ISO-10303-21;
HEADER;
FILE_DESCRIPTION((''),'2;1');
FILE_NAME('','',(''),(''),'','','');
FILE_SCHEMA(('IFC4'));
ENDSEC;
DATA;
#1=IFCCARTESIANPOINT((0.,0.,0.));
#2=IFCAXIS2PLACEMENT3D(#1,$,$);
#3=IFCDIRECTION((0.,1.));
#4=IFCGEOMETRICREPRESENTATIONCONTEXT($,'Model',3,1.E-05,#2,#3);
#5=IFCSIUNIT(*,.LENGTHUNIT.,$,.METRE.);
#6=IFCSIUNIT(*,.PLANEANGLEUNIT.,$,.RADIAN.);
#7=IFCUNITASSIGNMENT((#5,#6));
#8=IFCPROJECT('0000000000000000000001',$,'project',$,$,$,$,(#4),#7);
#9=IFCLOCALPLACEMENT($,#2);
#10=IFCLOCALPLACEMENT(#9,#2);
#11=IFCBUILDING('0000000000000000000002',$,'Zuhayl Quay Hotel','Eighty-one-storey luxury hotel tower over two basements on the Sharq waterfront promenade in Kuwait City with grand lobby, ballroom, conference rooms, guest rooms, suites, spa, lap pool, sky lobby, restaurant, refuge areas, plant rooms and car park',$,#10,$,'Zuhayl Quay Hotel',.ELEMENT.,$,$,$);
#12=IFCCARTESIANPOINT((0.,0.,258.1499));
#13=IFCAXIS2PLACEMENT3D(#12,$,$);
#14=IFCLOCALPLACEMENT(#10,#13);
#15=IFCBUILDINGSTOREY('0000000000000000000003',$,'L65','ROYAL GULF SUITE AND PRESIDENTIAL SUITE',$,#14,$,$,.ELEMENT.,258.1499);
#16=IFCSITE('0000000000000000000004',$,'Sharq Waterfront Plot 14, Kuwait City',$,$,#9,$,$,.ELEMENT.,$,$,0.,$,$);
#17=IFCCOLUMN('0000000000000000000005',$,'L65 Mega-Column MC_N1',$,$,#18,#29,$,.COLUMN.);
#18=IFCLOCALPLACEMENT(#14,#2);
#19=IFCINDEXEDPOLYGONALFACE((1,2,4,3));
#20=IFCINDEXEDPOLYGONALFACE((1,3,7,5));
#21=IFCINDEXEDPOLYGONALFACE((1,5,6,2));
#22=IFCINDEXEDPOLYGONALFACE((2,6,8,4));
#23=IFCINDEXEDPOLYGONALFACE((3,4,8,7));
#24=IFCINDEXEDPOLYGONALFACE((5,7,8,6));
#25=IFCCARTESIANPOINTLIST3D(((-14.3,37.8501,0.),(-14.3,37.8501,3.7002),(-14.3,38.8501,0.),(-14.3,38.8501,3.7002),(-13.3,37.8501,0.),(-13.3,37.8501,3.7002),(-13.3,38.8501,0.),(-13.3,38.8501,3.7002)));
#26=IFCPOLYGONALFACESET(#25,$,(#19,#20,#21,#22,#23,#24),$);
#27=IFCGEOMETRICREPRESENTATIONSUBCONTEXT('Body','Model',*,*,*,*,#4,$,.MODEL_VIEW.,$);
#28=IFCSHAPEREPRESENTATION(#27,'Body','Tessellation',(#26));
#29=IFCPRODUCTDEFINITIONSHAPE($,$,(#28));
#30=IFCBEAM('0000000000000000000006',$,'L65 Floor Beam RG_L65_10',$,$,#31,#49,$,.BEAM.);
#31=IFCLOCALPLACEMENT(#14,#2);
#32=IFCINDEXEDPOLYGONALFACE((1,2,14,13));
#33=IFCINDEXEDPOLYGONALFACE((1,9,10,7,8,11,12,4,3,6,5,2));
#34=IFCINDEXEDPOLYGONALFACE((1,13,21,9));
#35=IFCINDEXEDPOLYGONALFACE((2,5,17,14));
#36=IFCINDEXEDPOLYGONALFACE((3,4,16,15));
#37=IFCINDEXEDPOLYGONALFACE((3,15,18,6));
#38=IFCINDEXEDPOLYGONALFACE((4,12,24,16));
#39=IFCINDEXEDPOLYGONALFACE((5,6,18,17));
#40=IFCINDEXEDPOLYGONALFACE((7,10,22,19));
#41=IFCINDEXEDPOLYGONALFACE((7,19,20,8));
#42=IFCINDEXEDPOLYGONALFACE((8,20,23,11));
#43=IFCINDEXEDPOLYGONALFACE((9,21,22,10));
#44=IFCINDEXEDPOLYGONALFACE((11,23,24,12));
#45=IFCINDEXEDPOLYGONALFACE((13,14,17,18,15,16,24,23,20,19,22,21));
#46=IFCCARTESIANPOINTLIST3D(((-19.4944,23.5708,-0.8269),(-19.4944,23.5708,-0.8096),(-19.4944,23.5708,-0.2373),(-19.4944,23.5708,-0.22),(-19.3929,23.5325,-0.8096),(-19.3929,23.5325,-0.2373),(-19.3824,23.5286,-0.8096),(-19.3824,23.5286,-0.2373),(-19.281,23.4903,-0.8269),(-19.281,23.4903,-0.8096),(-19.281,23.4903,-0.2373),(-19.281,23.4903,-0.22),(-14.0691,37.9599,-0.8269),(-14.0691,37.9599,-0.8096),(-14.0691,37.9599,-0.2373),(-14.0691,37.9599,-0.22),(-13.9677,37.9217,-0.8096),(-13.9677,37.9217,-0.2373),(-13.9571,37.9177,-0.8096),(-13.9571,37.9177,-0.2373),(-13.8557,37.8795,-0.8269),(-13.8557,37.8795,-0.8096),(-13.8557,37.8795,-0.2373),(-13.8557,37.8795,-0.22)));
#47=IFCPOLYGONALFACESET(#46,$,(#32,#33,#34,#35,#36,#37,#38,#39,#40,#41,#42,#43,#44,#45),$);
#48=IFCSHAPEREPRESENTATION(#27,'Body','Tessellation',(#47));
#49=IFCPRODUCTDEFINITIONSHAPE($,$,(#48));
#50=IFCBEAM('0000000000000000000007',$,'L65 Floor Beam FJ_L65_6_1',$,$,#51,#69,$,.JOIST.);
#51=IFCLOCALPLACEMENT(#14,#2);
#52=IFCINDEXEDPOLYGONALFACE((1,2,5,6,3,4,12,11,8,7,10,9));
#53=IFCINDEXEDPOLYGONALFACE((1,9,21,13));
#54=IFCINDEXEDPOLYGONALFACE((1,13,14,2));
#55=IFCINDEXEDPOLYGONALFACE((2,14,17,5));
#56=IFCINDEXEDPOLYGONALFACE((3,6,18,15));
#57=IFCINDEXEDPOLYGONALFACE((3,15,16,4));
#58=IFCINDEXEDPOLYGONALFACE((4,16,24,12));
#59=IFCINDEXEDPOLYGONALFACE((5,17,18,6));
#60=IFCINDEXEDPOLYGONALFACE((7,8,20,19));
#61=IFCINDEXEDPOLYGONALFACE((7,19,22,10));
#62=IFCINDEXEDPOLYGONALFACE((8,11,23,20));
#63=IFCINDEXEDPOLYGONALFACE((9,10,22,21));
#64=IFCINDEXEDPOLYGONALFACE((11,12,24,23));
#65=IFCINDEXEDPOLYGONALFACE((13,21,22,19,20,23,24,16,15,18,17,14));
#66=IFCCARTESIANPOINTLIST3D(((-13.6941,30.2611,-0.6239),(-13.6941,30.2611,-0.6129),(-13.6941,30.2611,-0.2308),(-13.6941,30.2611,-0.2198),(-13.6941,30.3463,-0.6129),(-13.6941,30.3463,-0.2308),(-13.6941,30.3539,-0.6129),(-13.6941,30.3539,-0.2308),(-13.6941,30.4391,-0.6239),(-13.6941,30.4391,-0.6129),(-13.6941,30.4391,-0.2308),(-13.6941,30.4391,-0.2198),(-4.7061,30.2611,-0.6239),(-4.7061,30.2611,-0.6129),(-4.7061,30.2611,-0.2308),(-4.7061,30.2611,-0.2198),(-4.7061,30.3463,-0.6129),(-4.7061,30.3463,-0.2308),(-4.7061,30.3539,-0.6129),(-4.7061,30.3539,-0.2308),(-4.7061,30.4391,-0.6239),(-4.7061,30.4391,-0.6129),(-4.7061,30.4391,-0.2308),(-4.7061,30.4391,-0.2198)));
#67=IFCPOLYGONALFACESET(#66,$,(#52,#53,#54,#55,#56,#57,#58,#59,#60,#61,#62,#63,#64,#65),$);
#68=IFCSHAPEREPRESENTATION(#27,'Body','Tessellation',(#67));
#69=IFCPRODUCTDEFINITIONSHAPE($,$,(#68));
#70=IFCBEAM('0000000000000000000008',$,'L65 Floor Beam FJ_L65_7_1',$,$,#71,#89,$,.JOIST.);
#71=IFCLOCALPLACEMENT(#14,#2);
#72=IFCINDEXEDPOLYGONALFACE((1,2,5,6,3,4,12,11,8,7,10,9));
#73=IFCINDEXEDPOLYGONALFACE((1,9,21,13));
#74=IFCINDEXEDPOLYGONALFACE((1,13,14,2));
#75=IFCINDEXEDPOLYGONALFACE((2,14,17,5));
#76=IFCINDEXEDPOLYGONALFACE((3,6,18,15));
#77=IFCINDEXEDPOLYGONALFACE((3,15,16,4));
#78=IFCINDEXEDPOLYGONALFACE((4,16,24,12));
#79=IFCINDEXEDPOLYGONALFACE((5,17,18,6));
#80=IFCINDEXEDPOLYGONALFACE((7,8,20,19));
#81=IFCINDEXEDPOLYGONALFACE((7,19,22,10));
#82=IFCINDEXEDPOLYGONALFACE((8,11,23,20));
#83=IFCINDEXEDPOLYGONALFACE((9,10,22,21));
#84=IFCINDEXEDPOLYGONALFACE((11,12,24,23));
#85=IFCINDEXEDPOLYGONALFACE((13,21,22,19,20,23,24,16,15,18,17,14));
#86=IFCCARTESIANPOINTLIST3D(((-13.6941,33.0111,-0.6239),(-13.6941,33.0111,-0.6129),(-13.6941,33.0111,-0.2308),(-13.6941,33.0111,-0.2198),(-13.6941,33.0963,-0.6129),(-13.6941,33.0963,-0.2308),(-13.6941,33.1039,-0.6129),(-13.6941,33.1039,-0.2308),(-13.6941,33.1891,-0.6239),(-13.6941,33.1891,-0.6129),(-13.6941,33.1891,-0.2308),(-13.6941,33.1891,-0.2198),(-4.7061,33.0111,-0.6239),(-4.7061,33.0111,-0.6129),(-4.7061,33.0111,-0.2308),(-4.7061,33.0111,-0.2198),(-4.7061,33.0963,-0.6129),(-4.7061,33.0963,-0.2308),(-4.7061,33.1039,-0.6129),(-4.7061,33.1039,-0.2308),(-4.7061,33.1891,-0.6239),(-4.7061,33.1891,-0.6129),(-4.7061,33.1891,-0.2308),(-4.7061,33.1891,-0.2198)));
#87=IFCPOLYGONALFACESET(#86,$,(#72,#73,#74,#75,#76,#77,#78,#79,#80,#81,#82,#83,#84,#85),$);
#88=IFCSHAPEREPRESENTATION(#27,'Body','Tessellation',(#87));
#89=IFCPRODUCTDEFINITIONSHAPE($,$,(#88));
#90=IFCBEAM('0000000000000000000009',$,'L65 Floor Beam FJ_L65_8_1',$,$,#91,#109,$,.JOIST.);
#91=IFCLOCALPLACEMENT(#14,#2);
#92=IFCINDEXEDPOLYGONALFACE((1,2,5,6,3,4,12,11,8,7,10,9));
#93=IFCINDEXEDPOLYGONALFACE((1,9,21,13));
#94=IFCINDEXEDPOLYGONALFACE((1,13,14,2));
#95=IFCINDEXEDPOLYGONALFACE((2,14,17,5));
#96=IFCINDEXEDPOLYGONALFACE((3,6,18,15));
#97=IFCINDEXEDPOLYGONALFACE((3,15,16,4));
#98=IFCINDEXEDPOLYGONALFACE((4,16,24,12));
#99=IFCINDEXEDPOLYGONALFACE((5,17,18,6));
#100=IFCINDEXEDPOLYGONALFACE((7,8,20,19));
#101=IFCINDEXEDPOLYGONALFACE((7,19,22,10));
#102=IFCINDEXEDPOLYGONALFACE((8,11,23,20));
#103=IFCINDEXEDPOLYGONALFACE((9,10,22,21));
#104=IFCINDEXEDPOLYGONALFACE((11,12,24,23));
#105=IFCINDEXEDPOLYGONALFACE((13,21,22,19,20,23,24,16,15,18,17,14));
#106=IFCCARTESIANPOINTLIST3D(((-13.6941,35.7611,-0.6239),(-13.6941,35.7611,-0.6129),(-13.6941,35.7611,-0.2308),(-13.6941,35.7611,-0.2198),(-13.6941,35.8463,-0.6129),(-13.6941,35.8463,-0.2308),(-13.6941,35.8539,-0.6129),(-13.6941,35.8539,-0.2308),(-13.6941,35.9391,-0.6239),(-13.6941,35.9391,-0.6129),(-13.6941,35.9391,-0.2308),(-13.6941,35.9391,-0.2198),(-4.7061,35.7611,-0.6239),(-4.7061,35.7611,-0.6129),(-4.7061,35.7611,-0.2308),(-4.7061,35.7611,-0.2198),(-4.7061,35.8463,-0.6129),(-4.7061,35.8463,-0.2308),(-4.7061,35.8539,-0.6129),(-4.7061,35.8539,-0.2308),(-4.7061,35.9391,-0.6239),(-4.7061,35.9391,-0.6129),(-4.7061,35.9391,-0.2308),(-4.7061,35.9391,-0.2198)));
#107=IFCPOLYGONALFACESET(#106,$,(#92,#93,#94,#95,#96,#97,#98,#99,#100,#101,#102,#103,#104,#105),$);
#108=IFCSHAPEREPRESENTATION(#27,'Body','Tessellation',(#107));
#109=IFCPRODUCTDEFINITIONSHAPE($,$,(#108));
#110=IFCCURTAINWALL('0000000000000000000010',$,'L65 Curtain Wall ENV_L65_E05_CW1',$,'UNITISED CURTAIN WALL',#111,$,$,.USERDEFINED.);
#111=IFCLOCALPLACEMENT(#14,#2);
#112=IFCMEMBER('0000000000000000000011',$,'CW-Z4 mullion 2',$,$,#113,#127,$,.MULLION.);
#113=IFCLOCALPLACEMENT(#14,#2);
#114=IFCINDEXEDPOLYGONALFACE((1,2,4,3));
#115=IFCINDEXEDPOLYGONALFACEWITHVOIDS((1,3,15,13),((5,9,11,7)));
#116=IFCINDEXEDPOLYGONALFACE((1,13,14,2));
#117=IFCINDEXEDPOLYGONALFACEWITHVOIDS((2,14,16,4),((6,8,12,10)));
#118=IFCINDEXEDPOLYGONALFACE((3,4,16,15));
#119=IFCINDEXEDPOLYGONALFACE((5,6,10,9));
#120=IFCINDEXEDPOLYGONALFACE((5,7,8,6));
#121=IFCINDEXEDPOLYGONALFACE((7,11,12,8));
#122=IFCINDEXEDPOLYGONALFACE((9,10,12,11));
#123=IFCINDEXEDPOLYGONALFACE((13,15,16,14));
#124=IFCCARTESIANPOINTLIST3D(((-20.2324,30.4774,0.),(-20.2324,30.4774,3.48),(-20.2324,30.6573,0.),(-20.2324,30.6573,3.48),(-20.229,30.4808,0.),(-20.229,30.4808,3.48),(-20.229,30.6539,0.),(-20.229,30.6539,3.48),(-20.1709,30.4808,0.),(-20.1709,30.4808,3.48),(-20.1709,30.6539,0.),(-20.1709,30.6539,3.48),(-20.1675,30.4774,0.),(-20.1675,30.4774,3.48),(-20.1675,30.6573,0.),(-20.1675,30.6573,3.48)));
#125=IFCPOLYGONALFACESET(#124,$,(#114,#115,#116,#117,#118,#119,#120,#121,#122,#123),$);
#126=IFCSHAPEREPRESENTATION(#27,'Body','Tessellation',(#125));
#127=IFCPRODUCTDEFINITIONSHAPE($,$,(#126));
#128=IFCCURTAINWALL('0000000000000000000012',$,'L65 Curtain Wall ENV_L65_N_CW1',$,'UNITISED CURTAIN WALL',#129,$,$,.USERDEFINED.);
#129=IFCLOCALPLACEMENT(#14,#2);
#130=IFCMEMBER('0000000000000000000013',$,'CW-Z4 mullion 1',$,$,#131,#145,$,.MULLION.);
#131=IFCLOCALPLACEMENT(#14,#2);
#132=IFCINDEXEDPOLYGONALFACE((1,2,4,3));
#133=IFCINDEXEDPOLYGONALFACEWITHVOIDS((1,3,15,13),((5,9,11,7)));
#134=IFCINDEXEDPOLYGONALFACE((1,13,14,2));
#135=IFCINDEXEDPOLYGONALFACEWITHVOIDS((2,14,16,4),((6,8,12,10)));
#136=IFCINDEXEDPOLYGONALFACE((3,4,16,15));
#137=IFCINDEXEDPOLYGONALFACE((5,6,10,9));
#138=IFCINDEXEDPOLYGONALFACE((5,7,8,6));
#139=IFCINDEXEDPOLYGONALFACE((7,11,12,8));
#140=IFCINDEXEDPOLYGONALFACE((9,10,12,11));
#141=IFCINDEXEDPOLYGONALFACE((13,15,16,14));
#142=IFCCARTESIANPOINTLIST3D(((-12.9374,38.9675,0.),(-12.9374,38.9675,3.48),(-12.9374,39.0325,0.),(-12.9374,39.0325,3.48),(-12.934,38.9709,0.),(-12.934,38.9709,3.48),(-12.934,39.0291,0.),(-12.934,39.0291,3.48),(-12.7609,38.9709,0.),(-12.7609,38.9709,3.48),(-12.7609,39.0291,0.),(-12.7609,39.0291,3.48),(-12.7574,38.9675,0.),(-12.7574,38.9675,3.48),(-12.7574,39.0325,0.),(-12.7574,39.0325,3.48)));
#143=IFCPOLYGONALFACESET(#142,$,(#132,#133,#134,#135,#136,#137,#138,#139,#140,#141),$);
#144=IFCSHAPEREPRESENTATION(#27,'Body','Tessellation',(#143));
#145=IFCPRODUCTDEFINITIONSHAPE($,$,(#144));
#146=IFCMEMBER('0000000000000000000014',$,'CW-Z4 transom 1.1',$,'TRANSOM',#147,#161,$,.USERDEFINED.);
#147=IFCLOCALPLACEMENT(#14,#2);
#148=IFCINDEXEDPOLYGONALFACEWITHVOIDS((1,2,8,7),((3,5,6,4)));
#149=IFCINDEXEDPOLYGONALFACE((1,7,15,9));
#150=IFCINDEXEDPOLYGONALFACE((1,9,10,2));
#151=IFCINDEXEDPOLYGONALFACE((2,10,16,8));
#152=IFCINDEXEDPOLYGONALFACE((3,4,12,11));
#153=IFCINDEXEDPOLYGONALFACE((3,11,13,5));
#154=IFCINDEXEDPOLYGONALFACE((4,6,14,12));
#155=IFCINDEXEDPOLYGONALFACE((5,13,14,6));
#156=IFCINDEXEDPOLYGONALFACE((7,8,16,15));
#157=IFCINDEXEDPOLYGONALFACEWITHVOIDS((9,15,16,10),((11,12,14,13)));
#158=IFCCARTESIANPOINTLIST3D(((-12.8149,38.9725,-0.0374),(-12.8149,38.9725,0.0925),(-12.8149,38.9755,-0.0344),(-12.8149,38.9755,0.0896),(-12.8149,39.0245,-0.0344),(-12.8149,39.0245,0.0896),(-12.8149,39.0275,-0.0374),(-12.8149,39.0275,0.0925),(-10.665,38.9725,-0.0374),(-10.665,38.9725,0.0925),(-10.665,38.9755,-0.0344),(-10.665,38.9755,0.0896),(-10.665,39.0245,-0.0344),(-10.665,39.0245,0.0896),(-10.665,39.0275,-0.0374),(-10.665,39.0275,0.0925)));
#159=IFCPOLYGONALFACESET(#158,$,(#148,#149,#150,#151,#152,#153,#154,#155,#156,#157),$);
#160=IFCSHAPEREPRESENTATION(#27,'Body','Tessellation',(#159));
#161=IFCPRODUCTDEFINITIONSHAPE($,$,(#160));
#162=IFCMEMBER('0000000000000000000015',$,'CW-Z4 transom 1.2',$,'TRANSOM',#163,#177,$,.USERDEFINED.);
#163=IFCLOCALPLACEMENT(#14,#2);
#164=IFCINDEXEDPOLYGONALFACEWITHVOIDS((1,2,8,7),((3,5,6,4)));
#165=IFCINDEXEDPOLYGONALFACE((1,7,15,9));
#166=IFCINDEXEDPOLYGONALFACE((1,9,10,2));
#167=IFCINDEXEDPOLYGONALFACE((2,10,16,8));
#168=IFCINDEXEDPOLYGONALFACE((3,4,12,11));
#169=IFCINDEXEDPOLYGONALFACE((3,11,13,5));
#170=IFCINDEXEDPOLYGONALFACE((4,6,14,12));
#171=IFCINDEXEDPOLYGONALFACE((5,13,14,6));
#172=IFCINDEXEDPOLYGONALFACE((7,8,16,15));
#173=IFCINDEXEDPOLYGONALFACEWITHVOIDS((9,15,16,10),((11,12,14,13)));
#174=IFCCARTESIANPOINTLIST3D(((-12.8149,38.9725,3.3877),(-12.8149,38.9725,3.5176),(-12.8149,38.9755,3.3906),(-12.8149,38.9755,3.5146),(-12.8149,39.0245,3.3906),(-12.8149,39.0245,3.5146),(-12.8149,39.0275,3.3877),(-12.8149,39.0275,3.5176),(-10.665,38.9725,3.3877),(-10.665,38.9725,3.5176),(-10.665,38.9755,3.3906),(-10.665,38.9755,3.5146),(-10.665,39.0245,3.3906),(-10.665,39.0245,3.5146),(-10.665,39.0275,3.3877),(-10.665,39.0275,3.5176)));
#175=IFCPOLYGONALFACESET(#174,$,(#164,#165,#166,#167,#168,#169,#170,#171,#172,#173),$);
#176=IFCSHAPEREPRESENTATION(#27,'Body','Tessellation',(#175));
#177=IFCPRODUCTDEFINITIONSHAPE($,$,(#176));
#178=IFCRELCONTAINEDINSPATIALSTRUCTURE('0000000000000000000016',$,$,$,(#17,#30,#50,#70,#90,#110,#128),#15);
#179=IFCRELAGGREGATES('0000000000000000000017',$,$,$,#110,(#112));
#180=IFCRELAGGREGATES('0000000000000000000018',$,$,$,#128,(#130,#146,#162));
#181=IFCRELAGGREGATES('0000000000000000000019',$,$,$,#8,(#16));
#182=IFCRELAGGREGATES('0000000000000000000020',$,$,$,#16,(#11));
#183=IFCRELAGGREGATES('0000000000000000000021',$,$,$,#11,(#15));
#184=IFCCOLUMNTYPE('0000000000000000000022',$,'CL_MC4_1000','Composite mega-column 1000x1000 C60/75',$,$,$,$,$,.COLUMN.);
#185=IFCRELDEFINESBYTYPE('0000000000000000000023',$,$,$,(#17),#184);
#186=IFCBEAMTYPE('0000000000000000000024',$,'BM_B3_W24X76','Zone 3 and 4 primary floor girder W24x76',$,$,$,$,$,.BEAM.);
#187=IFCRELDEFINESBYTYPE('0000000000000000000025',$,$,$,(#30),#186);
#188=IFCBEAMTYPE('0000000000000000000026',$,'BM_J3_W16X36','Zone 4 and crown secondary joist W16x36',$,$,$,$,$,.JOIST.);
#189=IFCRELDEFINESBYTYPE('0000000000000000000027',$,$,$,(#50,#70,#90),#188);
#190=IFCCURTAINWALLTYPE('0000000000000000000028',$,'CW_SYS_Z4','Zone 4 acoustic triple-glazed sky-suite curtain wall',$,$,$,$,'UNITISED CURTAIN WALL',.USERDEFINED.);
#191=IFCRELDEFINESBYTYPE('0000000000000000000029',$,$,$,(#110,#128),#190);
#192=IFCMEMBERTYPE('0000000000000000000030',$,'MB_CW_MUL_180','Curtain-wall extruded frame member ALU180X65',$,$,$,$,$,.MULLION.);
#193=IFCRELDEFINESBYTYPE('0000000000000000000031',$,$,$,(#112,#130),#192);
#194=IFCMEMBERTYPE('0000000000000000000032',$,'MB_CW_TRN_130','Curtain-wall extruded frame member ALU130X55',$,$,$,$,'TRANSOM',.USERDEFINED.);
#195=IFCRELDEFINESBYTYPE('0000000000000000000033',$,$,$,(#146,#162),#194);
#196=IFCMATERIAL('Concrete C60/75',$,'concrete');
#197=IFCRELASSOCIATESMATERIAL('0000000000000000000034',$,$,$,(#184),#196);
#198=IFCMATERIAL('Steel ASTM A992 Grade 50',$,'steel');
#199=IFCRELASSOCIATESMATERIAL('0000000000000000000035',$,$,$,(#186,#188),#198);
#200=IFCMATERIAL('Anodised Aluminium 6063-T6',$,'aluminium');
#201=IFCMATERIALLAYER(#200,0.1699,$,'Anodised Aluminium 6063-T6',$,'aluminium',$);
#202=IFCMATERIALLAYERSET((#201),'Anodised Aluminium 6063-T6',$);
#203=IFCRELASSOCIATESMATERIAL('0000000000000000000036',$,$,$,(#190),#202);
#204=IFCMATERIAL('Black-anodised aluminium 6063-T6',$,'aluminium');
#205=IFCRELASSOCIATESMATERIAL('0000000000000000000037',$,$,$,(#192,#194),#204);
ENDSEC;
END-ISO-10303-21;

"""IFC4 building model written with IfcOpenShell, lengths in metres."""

from ifc_helpers import new_model, si_unit, direction, frame, origin, origin_2d, place, context, subcontext, project, spatial, rectangle, hollow_rectangle, i_section, extrude, material, layer, layer_set, material_profile, profile_set, type_object, element, aggregate, save


model = new_model("IFC4")

# Units and contexts
model_context = context("Model", 3, precision=1e-05, world=origin(), true_north=direction((0.0, 1.0)))
body_context = subcontext(model_context, "Body", "Model", "MODEL_VIEW")
ifc_project = project(units=[si_unit("LENGTHUNIT", "METRE"), si_unit("PLANEANGLEUNIT", "RADIAN")], contexts=[model_context])

# Site, building, storey
site_placement = place(None, origin())
site = spatial("IfcSite", under=ifc_project, at=site_placement, Name="Sharq Waterfront Plot 14, Kuwait City", CompositionType="ELEMENT", RefElevation=0.0)
building_placement = place(site_placement, origin())
building = spatial("IfcBuilding", under=site, at=building_placement, Name="Zuhayl Quay Hotel", Description="Eighty-one-storey luxury hotel tower over two basements on the Sharq waterfront promenade in Kuwait City with grand lobby, ballroom, conference rooms, guest rooms, suites, spa, lap pool, sky lobby, restaurant, refuge areas, plant rooms and car park", LongName="Zuhayl Quay Hotel", CompositionType="ELEMENT")
storey_placement = place(building_placement, frame((0.0, 0.0, 258.1499)))
storey = spatial("IfcBuildingStorey", under=building, at=storey_placement, Name="L65", Description="ROYAL GULF SUITE AND PRESIDENTIAL SUITE", CompositionType="ELEMENT", Elevation=258.1499)

# Column
ifc_material_1 = material(Name="Concrete C60/75", Category="concrete")
ifc_material_profile_1 = material_profile(ifc_material_1, rectangle(XDim=1.0, YDim=1.0, at=origin_2d()), Name="RC1000X1000")
ifc_profile_set_1 = profile_set([ifc_material_profile_1], Name="Concrete C60/75")
column_type = type_object("IfcColumnType", Name="CL_MC4_1000", Description="Composite mega-column 1000x1000 C60/75", PredefinedType="COLUMN", material=ifc_profile_set_1)
column_placement = place(storey_placement, frame((-13.8, 38.3501, 0.0), z_axis=(0.0, 0.0, 1.0), x_axis=(1.0, 0.0, 0.0)))
element("IfcColumn", 1, at=column_placement, inside=storey, type_object=column_type, Name="L65 Mega-Column MC_N1", PredefinedType="COLUMN", context=body_context, shape_type="SweptSolid", body=[
    extrude(rectangle(XDim=1.0, YDim=1.0, at=origin_2d()), origin(), (0.0, 0.0, 1.0), 3.7002),
])

# Beams
ifc_material_2 = material(Name="Steel ASTM A992 Grade 50", Category="steel")
ifc_material_profile_2 = material_profile(ifc_material_2, i_section(OverallWidth=0.228, OverallDepth=0.6069, WebThickness=0.0112, FlangeThickness=0.0173, at=origin_2d()), Name="W24X76")
ifc_profile_set_2 = profile_set([ifc_material_profile_2], Name="Steel ASTM A992 Grade 50")
beam_type_1 = type_object("IfcBeamType", Name="BM_B3_W24X76", Description="Zone 3 and 4 primary floor girder W24x76", PredefinedType="BEAM", material=ifc_profile_set_2)
beam_placement = place(storey_placement, frame((-13.9624, 37.9197, -0.5234), z_axis=(-0.352797, -0.9357, 0.0), x_axis=(0.9357, -0.352797, 0.0)))
element("IfcBeam", 2, at=beam_placement, inside=storey, type_object=beam_type_1, Name="L65 Floor Beam RG_L65_10", PredefinedType="BEAM", context=body_context, shape_type="SweptSolid", body=[
    extrude(i_section(OverallWidth=0.228, OverallDepth=0.6069, WebThickness=0.0112, FlangeThickness=0.0173, at=origin_2d()), origin(), (0.0, 0.0, 1.0), 15.3779),
])
ifc_material_profile_3 = material_profile(ifc_material_2, i_section(OverallWidth=0.178, OverallDepth=0.4041, WebThickness=0.0076, FlangeThickness=0.011, at=origin_2d()), Name="W16X36")
ifc_profile_set_3 = profile_set([ifc_material_profile_3], Name="Steel ASTM A992 Grade 50")
beam_type_2 = type_object("IfcBeamType", Name="BM_J3_W16X36", Description="Zone 4 and crown secondary joist W16x36", PredefinedType="JOIST", material=ifc_profile_set_3)
for number, where, z_axis, x_axis, name in (
    (3, (-13.6941, 30.3501, -0.4219), (1.0, 0.0, 0.0), (0.0, 1.0, 0.0), "L65 Floor Beam FJ_L65_6_1"),
    (4, (-13.6941, 33.1001, -0.4219), (1.0, 0.0, 0.0), (0.0, 1.0, 0.0), "L65 Floor Beam FJ_L65_7_1"),
    (5, (-13.6941, 35.8501, -0.4219), (1.0, 0.0, 0.0), (0.0, 1.0, 0.0), "L65 Floor Beam FJ_L65_8_1"),
):
    element("IfcBeam", number, at=place(storey_placement, frame(where, z_axis=z_axis, x_axis=x_axis)), inside=storey, type_object=beam_type_2, Name=name, PredefinedType="JOIST", context=body_context, shape_type="SweptSolid", body=[
        extrude(i_section(OverallWidth=0.178, OverallDepth=0.4041, WebThickness=0.0076, FlangeThickness=0.011, at=origin_2d()), origin(), (0.0, 0.0, 1.0), 8.988),
    ])

# Curtain wall, member
ifc_material_3 = material(Name="Anodised Aluminium 6063-T6", Category="aluminium")
ifc_layer_1 = layer(ifc_material_3, 0.1699, Name="Anodised Aluminium 6063-T6", Category="aluminium")
ifc_layer_set_1 = layer_set([ifc_layer_1], Name="Anodised Aluminium 6063-T6")
curtain_wall_type = type_object("IfcCurtainWallType", Name="CW_SYS_Z4", Description="Zone 4 acoustic triple-glazed sky-suite curtain wall", ElementType="UNITISED CURTAIN WALL", PredefinedType="USERDEFINED", material=ifc_layer_set_1)
curtain_wall_1_placement = place(storey_placement, origin())
curtain_wall_1 = element("IfcCurtainWall", 6, at=curtain_wall_1_placement, inside=storey, type_object=curtain_wall_type, Name="L65 Curtain Wall ENV_L65_E05_CW1", ObjectType="UNITISED CURTAIN WALL", PredefinedType="USERDEFINED")
ifc_material_4 = material(Name="Black-anodised aluminium 6063-T6", Category="aluminium")
ifc_material_profile_4 = material_profile(ifc_material_4, hollow_rectangle(XDim=0.0649, YDim=0.1799, WallThickness=0.0034, at=origin_2d()), Name="ALU180X65")
ifc_profile_set_4 = profile_set([ifc_material_profile_4], Name="Black-anodised aluminium 6063-T6")
member_type_1 = type_object("IfcMemberType", Name="MB_CW_MUL_180", Description="Curtain-wall extruded frame member ALU180X65", PredefinedType="MULLION", material=ifc_profile_set_4)
member_1_placement = place(storey_placement, frame((-20.2, 30.5674, 0.0), z_axis=(0.0, 0.0, 1.0), x_axis=(-1.0, 0.0, 0.0)))
member_1 = element("IfcMember", 7, at=member_1_placement, type_object=member_type_1, Name="CW-Z4 mullion 2", PredefinedType="MULLION", context=body_context, shape_type="SweptSolid", body=[
    extrude(hollow_rectangle(XDim=0.0649, YDim=0.1799, WallThickness=0.0034, at=origin_2d()), origin(), (0.0, 0.0, 1.0), 3.48),
])
aggregate(curtain_wall_1, [member_1])

# Curtain wall, members
curtain_wall_2_placement = place(storey_placement, origin())
curtain_wall_2 = element("IfcCurtainWall", 8, at=curtain_wall_2_placement, inside=storey, type_object=curtain_wall_type, Name="L65 Curtain Wall ENV_L65_N_CW1", ObjectType="UNITISED CURTAIN WALL", PredefinedType="USERDEFINED")
member_2_placement = place(storey_placement, frame((-12.8474, 39.0, 0.0), z_axis=(0.0, 0.0, 1.0), x_axis=(0.0, 1.0, 0.0)))
member_2 = element("IfcMember", 9, at=member_2_placement, type_object=member_type_1, Name="CW-Z4 mullion 1", PredefinedType="MULLION", context=body_context, shape_type="SweptSolid", body=[
    extrude(hollow_rectangle(XDim=0.0649, YDim=0.1799, WallThickness=0.0034, at=origin_2d()), origin(), (0.0, 0.0, 1.0), 3.48),
])
ifc_material_profile_5 = material_profile(ifc_material_4, hollow_rectangle(XDim=0.0549, YDim=0.1299, WallThickness=0.0029, at=origin_2d()), Name="ALU130X55")
ifc_profile_set_5 = profile_set([ifc_material_profile_5], Name="Black-anodised aluminium 6063-T6")
member_type_2 = type_object("IfcMemberType", Name="MB_CW_TRN_130", Description="Curtain-wall extruded frame member ALU130X55", ElementType="TRANSOM", PredefinedType="USERDEFINED", material=ifc_profile_set_5)
member_3_placement = place(storey_placement, frame((-12.8149, 39.0, 0.0276), z_axis=(1.0, 0.0, 0.0), x_axis=(0.0, 1.0, 0.0)))
member_3 = element("IfcMember", 10, at=member_3_placement, type_object=member_type_2, Name="CW-Z4 transom 1.1", ObjectType="TRANSOM", PredefinedType="USERDEFINED", context=body_context, shape_type="SweptSolid", body=[
    extrude(hollow_rectangle(XDim=0.0549, YDim=0.1299, WallThickness=0.0029, at=origin_2d()), origin(), (0.0, 0.0, 1.0), 2.1499),
])
member_4_placement = place(storey_placement, frame((-12.8149, 39.0, 3.4526), z_axis=(1.0, 0.0, 0.0), x_axis=(0.0, 1.0, 0.0)))
member_4 = element("IfcMember", 11, at=member_4_placement, type_object=member_type_2, Name="CW-Z4 transom 1.2", ObjectType="TRANSOM", PredefinedType="USERDEFINED", context=body_context, shape_type="SweptSolid", body=[
    extrude(hollow_rectangle(XDim=0.0549, YDim=0.1299, WallThickness=0.0029, at=origin_2d()), origin(), (0.0, 0.0, 1.0), 2.1499),
])
aggregate(curtain_wall_2, [member_2, member_3, member_4])

save(model, "model.ifc")
